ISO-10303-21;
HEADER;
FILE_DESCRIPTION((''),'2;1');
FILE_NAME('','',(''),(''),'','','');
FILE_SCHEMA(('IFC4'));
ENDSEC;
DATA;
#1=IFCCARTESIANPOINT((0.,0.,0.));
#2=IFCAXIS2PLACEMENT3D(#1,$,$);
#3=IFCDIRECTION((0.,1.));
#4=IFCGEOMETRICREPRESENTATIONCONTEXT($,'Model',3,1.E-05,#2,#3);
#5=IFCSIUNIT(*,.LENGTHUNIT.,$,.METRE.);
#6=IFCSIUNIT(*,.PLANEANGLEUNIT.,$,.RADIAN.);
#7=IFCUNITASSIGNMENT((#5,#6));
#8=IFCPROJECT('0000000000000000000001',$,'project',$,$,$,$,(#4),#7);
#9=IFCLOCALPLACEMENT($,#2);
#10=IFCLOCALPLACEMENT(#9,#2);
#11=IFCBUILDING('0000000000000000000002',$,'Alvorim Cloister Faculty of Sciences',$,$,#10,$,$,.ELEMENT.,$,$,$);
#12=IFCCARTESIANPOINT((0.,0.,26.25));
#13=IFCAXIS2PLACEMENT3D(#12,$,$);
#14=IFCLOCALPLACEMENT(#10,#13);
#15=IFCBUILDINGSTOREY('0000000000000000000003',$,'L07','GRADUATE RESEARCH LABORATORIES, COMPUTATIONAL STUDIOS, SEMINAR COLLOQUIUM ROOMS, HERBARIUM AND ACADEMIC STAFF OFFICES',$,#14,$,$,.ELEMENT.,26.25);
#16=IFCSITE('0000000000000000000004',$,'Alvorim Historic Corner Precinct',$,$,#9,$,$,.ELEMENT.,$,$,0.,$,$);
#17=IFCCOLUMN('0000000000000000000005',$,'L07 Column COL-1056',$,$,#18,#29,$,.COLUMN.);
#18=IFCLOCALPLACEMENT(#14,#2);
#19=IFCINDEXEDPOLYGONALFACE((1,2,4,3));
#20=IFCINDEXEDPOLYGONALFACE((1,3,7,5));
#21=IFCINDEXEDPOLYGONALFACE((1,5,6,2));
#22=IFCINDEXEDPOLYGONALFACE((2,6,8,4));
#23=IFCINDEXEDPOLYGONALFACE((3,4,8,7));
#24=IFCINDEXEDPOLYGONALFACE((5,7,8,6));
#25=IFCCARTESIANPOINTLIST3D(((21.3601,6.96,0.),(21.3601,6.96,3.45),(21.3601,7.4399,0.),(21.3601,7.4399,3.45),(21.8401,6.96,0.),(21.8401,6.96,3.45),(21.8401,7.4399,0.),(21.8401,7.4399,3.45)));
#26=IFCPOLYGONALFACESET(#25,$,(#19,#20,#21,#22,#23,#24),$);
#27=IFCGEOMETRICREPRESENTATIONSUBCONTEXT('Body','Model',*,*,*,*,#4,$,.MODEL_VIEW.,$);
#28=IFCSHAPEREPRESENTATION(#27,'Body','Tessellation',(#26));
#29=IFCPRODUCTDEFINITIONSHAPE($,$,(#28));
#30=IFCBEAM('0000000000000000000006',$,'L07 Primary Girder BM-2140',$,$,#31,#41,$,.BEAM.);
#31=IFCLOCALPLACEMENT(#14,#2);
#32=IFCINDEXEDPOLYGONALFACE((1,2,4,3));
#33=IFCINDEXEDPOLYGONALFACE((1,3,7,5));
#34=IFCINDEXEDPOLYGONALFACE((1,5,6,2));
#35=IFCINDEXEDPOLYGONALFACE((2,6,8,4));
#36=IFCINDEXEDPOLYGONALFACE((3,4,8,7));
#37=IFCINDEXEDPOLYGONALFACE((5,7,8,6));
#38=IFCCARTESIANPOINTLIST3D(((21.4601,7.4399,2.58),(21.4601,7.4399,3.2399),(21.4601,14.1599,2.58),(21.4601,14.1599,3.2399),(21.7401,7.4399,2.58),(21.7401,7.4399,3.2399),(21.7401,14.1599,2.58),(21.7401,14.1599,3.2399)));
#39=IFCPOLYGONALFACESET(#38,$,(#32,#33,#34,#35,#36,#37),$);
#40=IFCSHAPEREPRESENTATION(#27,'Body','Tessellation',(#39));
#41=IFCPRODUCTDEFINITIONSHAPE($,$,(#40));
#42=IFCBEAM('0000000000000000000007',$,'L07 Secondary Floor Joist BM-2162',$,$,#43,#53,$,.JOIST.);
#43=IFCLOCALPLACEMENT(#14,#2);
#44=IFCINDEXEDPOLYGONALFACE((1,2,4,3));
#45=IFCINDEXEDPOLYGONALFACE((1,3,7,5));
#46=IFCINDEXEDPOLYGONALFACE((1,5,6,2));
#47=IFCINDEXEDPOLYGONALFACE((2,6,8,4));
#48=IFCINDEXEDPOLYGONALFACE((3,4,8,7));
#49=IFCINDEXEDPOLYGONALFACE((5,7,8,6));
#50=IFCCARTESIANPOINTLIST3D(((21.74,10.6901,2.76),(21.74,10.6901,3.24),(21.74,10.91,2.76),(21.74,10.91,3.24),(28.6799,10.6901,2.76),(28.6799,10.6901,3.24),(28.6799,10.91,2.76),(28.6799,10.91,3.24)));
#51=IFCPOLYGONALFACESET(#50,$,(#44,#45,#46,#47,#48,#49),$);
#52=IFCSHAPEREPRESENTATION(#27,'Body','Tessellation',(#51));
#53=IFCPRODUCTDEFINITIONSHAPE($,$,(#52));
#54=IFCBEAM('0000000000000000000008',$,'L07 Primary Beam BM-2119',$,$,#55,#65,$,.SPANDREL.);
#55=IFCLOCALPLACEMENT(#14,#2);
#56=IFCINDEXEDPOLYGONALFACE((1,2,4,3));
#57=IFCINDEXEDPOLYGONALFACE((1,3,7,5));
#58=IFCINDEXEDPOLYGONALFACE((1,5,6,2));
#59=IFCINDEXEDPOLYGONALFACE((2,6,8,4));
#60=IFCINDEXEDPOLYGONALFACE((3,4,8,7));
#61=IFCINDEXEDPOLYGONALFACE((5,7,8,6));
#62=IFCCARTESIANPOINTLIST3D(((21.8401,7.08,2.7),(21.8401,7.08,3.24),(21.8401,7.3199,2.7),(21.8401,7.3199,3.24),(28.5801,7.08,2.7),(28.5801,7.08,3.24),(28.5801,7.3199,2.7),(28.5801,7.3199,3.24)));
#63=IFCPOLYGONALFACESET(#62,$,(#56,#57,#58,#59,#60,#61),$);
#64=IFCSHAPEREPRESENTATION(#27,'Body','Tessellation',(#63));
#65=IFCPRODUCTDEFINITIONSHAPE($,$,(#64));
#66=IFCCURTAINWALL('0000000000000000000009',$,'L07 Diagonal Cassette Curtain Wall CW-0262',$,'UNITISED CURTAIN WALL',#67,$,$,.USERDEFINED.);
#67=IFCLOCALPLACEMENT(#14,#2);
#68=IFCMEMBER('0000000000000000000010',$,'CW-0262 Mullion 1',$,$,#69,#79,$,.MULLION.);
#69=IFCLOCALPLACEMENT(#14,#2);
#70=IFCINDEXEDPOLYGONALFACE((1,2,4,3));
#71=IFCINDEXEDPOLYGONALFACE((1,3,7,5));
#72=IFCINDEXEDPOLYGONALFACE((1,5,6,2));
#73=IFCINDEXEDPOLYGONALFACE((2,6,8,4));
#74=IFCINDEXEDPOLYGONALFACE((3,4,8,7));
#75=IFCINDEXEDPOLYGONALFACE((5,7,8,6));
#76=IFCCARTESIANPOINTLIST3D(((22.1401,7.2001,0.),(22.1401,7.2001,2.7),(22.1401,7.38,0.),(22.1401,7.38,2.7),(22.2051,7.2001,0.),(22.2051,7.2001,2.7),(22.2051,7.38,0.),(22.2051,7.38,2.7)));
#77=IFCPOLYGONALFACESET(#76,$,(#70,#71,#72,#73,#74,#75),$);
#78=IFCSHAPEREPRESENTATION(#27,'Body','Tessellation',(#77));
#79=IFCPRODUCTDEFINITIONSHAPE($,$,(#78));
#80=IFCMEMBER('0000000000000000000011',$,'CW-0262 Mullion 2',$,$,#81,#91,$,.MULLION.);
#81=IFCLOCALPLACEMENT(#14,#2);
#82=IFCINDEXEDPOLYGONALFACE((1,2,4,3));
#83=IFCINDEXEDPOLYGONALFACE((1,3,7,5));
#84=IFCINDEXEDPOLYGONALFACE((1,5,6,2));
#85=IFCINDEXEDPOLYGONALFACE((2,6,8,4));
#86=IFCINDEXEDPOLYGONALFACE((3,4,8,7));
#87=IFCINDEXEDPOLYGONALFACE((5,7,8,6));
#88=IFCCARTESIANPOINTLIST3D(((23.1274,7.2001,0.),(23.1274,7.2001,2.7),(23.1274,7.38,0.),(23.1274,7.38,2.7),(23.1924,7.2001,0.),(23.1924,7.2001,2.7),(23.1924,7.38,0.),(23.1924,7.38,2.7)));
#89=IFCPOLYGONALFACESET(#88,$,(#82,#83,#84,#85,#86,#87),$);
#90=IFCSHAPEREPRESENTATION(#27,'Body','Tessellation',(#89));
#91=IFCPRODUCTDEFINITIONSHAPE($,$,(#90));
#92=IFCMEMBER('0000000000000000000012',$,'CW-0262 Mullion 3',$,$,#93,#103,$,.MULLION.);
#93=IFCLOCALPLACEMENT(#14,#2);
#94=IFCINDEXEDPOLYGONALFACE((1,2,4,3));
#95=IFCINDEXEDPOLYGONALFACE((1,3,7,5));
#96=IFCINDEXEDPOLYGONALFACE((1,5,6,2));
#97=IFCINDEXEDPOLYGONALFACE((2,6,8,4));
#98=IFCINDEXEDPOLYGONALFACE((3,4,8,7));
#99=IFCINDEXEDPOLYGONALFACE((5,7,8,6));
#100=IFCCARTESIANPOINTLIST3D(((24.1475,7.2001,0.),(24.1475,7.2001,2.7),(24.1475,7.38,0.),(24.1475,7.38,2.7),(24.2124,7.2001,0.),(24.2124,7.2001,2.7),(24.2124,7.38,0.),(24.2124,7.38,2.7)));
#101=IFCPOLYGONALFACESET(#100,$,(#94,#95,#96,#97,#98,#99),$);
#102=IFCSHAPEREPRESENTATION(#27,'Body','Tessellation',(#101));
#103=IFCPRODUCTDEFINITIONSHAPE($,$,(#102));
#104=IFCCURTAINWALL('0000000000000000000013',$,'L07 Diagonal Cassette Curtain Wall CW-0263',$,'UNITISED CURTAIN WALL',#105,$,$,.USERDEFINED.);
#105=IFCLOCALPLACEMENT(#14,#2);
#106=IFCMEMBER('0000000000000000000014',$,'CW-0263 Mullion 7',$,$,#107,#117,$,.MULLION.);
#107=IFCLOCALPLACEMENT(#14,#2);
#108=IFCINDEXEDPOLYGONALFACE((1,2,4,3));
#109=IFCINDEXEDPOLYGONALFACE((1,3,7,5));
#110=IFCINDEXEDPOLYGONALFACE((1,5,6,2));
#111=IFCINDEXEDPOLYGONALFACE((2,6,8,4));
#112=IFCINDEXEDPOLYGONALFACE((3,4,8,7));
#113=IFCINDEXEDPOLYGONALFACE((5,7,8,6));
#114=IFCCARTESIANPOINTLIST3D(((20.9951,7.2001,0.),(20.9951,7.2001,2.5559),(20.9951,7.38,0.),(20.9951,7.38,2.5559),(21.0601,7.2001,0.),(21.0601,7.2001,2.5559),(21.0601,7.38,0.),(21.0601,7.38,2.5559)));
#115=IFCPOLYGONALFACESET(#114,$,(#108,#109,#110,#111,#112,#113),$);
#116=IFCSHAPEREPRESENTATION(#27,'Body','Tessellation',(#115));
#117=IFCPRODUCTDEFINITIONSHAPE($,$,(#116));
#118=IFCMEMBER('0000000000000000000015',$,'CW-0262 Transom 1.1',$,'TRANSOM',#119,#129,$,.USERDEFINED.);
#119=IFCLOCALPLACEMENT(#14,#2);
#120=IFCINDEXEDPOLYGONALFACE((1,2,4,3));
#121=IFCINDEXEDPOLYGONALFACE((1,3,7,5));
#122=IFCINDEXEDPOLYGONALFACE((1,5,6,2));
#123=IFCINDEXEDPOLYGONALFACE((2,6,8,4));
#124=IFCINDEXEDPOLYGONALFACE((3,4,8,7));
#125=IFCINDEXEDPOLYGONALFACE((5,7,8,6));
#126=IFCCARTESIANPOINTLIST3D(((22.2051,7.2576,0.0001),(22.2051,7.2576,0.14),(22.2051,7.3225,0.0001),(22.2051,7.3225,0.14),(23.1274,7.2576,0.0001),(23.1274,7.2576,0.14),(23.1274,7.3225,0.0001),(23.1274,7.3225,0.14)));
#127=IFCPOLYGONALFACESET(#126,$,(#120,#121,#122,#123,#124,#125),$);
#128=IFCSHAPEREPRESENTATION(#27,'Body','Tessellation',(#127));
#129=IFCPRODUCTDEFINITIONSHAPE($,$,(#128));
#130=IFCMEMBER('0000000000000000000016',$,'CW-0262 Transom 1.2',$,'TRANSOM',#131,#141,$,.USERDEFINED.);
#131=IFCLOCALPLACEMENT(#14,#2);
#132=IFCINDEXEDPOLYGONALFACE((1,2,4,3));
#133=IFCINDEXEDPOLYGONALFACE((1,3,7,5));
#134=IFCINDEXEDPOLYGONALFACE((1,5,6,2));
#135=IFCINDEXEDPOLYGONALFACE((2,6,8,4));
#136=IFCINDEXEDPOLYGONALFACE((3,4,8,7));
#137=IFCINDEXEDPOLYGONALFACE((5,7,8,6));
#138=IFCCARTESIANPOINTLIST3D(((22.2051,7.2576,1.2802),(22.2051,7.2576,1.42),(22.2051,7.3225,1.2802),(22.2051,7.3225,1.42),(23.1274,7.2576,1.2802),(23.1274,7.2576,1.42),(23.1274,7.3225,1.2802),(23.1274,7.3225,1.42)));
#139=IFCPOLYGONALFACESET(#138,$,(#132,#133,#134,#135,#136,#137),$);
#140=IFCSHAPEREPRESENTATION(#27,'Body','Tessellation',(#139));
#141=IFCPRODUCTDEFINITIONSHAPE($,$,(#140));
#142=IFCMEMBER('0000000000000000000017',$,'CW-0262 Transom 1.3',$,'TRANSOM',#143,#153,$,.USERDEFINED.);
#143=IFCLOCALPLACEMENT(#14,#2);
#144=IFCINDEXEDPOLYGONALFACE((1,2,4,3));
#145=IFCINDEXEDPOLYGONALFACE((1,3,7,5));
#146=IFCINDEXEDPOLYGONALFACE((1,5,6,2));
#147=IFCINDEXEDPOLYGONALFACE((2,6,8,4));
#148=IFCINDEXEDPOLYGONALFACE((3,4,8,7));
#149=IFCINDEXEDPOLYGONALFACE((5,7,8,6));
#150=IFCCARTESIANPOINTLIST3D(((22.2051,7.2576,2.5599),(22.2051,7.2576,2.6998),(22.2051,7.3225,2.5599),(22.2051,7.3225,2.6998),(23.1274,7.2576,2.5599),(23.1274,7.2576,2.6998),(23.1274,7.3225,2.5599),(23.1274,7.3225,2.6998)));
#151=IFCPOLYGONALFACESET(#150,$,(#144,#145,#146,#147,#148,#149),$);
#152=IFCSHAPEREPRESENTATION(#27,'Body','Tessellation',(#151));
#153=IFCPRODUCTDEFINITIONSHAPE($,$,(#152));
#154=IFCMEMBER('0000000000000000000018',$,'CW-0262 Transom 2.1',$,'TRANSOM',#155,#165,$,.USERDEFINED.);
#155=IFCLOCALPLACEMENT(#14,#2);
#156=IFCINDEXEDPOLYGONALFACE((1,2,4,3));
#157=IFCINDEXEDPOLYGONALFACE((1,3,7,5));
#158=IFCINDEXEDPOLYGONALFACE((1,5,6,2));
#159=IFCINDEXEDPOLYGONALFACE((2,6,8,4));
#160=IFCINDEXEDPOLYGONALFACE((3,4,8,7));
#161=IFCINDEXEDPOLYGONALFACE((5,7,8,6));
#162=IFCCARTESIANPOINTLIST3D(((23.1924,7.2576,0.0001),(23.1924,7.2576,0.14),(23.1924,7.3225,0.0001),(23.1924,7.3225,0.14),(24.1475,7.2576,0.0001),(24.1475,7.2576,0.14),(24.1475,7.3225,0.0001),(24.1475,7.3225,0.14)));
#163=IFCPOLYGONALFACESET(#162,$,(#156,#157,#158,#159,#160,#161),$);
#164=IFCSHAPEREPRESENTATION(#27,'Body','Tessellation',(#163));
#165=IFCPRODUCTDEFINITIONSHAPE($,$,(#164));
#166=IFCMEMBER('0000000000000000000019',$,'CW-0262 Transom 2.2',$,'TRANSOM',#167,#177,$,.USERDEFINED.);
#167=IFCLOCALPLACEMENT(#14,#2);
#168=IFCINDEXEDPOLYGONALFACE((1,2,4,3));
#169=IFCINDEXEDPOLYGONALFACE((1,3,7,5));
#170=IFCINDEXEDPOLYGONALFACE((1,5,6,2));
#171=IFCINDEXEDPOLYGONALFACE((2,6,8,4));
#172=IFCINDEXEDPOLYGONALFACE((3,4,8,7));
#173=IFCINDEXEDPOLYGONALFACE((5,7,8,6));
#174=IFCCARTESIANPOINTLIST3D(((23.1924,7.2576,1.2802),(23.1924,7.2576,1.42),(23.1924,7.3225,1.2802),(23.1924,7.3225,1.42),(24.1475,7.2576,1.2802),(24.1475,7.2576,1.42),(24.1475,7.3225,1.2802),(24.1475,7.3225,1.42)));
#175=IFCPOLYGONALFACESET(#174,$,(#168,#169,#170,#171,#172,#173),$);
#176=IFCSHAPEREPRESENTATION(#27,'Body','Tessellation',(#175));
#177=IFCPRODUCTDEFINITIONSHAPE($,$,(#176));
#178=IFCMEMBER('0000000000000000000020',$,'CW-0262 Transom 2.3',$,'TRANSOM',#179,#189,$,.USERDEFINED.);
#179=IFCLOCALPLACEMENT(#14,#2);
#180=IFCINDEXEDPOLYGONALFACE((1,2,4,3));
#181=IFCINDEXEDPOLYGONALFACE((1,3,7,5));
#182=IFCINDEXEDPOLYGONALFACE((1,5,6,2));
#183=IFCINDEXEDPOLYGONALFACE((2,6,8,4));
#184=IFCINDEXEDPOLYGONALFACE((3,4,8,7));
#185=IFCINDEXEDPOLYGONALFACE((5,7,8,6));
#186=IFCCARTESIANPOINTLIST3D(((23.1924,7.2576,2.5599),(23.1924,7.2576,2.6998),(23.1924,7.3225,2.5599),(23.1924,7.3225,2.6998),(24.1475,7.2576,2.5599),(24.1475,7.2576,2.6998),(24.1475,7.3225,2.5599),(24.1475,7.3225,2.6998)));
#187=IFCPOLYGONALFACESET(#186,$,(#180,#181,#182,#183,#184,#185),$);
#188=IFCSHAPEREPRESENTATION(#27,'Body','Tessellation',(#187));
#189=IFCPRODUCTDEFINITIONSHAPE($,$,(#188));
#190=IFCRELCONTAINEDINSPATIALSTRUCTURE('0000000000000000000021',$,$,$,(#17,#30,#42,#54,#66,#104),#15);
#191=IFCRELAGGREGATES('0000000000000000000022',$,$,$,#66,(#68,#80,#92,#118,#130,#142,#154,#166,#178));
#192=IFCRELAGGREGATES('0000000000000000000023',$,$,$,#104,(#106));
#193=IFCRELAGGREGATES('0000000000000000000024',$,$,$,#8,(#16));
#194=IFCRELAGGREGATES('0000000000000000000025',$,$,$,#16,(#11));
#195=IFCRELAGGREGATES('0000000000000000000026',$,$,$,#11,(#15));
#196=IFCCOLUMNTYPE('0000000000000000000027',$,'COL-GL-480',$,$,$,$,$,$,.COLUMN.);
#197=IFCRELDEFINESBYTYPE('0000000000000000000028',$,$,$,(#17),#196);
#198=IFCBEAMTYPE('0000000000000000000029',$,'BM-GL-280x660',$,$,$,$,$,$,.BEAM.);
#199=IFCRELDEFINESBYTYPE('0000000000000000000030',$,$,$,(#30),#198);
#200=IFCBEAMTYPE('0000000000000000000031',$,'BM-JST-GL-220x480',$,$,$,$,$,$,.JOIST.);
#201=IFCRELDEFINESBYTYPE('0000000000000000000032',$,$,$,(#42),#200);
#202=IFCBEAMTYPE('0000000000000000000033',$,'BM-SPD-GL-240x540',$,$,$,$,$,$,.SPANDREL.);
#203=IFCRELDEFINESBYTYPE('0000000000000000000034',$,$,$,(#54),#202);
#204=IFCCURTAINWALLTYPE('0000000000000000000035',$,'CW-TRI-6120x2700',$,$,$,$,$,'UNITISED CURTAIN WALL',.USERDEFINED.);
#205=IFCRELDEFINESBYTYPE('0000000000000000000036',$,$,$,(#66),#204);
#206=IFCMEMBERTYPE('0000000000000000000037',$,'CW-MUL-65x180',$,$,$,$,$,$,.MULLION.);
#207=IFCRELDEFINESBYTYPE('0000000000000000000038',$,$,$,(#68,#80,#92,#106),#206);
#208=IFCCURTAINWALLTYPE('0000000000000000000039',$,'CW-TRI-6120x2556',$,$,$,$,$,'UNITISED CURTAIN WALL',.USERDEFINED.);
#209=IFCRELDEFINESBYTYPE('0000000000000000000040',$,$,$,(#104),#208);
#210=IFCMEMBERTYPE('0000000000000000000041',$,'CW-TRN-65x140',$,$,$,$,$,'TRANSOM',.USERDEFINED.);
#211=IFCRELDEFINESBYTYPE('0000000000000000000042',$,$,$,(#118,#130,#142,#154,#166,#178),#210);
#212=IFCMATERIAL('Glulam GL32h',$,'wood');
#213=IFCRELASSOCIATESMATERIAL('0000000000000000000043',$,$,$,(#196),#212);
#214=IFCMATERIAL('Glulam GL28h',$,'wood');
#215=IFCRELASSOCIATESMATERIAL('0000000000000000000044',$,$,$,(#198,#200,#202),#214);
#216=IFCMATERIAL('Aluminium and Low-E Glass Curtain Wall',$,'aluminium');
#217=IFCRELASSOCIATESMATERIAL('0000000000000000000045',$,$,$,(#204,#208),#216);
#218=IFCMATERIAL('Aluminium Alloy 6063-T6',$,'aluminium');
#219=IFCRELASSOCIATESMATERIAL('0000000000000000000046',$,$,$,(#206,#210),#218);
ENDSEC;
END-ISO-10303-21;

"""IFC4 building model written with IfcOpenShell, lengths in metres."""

from ifc_helpers import new_model, si_unit, direction, frame, origin, origin_2d, place, context, subcontext, project, spatial, rectangle, extrude, material, material_profile, profile_set, type_object, element, aggregate, save


model = new_model("IFC4")

# Units and contexts
model_context = context("Model", 3, precision=1e-05, world=origin(), true_north=direction((0.0, 1.0)))
body_context = subcontext(model_context, "Body", "Model", "MODEL_VIEW")
ifc_project = project(units=[si_unit("LENGTHUNIT", "METRE"), si_unit("PLANEANGLEUNIT", "RADIAN")], contexts=[model_context])

# Site, building, storey
site_placement = place(None, origin())
site = spatial("IfcSite", under=ifc_project, at=site_placement, Name="Alvorim Historic Corner Precinct", CompositionType="ELEMENT", RefElevation=0.0)
building_placement = place(site_placement, origin())
building = spatial("IfcBuilding", under=site, at=building_placement, Name="Alvorim Cloister Faculty of Sciences", CompositionType="ELEMENT")
storey_placement = place(building_placement, frame((0.0, 0.0, 26.25)))
storey = spatial("IfcBuildingStorey", under=building, at=storey_placement, Name="L07", Description="GRADUATE RESEARCH LABORATORIES, COMPUTATIONAL STUDIOS, SEMINAR COLLOQUIUM ROOMS, HERBARIUM AND ACADEMIC STAFF OFFICES", CompositionType="ELEMENT", Elevation=26.25)

# Column
ifc_material_1 = material(Name="Glulam GL32h", Category="wood")
ifc_material_profile_1 = material_profile(ifc_material_1, rectangle(XDim=0.48, YDim=0.48, at=origin_2d()), Name="GL32-COL-480x480")
ifc_profile_set_1 = profile_set([ifc_material_profile_1], Name="Glulam GL32h")
column_type = type_object("IfcColumnType", Name="COL-GL-480", PredefinedType="COLUMN", material=ifc_profile_set_1)
column_placement = place(storey_placement, frame((21.6001, 7.2, 0.0), z_axis=(0.0, 0.0, 1.0), x_axis=(1.0, 0.0, 0.0)))
element("IfcColumn", 1, at=column_placement, inside=storey, type_object=column_type, Name="L07 Column COL-1056", PredefinedType="COLUMN", context=body_context, shape_type="SweptSolid", body=[
    extrude(rectangle(XDim=0.48, YDim=0.48, at=origin_2d()), origin(), (0.0, 0.0, 1.0), 3.45),
])

# Beams
ifc_material_2 = material(Name="Glulam GL28h", Category="wood")
ifc_material_profile_2 = material_profile(ifc_material_2, rectangle(XDim=0.28, YDim=0.6599, at=origin_2d()), Name="GL28-BM-280x660")
ifc_profile_set_2 = profile_set([ifc_material_profile_2], Name="Glulam GL28h")
beam_type_1 = type_object("IfcBeamType", Name="BM-GL-280x660", PredefinedType="BEAM", material=ifc_profile_set_2)
beam_1_placement = place(storey_placement, frame((21.6001, 7.4399, 2.9099), z_axis=(0.0, 1.0, 0.0), x_axis=(-1.0, 0.0, 0.0)))
element("IfcBeam", 2, at=beam_1_placement, inside=storey, type_object=beam_type_1, Name="L07 Primary Girder BM-2140", PredefinedType="BEAM", context=body_context, shape_type="SweptSolid", body=[
    extrude(rectangle(XDim=0.28, YDim=0.6599, at=origin_2d()), origin(), (0.0, 0.0, 1.0), 6.72),
])
ifc_material_profile_3 = material_profile(ifc_material_2, rectangle(XDim=0.22, YDim=0.48, at=origin_2d()), Name="GL28-JST-220x480")
ifc_profile_set_3 = profile_set([ifc_material_profile_3], Name="Glulam GL28h")
beam_type_2 = type_object("IfcBeamType", Name="BM-JST-GL-220x480", PredefinedType="JOIST", material=ifc_profile_set_3)
beam_2_placement = place(storey_placement, frame((21.74, 10.8, 3.0), z_axis=(1.0, 0.0, 0.0), x_axis=(0.0, 1.0, 0.0)))
element("IfcBeam", 3, at=beam_2_placement, inside=storey, type_object=beam_type_2, Name="L07 Secondary Floor Joist BM-2162", PredefinedType="JOIST", context=body_context, shape_type="SweptSolid", body=[
    extrude(rectangle(XDim=0.22, YDim=0.48, at=origin_2d()), origin(), (0.0, 0.0, 1.0), 6.9399),
])
ifc_material_profile_4 = material_profile(ifc_material_2, rectangle(XDim=0.24, YDim=0.54, at=origin_2d()), Name="GL28-SPD-240x540")
ifc_profile_set_4 = profile_set([ifc_material_profile_4], Name="Glulam GL28h")
beam_type_3 = type_object("IfcBeamType", Name="BM-SPD-GL-240x540", PredefinedType="SPANDREL", material=ifc_profile_set_4)
beam_3_placement = place(storey_placement, frame((21.8401, 7.2, 2.97), z_axis=(1.0, 0.0, 0.0), x_axis=(0.0, 1.0, 0.0)))
element("IfcBeam", 4, at=beam_3_placement, inside=storey, type_object=beam_type_3, Name="L07 Primary Beam BM-2119", PredefinedType="SPANDREL", context=body_context, shape_type="SweptSolid", body=[
    extrude(rectangle(XDim=0.24, YDim=0.54, at=origin_2d()), origin(), (0.0, 0.0, 1.0), 6.74),
])

# Curtain wall, members
ifc_material_3 = material(Name="Aluminium and Low-E Glass Curtain Wall", Category="aluminium")
curtain_wall_type_1 = type_object("IfcCurtainWallType", Name="CW-TRI-6120x2700", ElementType="UNITISED CURTAIN WALL", PredefinedType="USERDEFINED", material=ifc_material_3)
curtain_wall_1_placement = place(storey_placement, origin())
curtain_wall_1 = element("IfcCurtainWall", 5, at=curtain_wall_1_placement, inside=storey, type_object=curtain_wall_type_1, Name="L07 Diagonal Cassette Curtain Wall CW-0262", ObjectType="UNITISED CURTAIN WALL", PredefinedType="USERDEFINED")
ifc_material_4 = material(Name="Aluminium Alloy 6063-T6", Category="aluminium")
ifc_material_profile_5 = material_profile(ifc_material_4, rectangle(XDim=0.0649, YDim=0.1799, at=origin_2d()), Name="ALU-MUL-65x180")
ifc_profile_set_5 = profile_set([ifc_material_profile_5], Name="Aluminium Alloy 6063-T6")
member_type_1 = type_object("IfcMemberType", Name="CW-MUL-65x180", PredefinedType="MULLION", material=ifc_profile_set_5)
member_1_placement = place(storey_placement, frame((22.1726, 7.29, 0.0), z_axis=(0.0, 0.0, 1.0), x_axis=(1.0, 0.0, 0.0)))
member_1 = element("IfcMember", 6, at=member_1_placement, type_object=member_type_1, Name="CW-0262 Mullion 1", PredefinedType="MULLION", context=body_context, shape_type="SweptSolid", body=[
    extrude(rectangle(XDim=0.0649, YDim=0.1799, at=origin_2d()), origin(), (0.0, 0.0, 1.0), 2.7),
])
member_2_placement = place(storey_placement, frame((23.1599, 7.29, 0.0), z_axis=(0.0, 0.0, 1.0), x_axis=(1.0, 0.0, 0.0)))
member_2 = element("IfcMember", 7, at=member_2_placement, type_object=member_type_1, Name="CW-0262 Mullion 2", PredefinedType="MULLION", context=body_context, shape_type="SweptSolid", body=[
    extrude(rectangle(XDim=0.0649, YDim=0.1799, at=origin_2d()), origin(), (0.0, 0.0, 1.0), 2.7),
])
member_3_placement = place(storey_placement, frame((24.1799, 7.29, 0.0), z_axis=(0.0, 0.0, 1.0), x_axis=(1.0, 0.0, 0.0)))
member_3 = element("IfcMember", 8, at=member_3_placement, type_object=member_type_1, Name="CW-0262 Mullion 3", PredefinedType="MULLION", context=body_context, shape_type="SweptSolid", body=[
    extrude(rectangle(XDim=0.0649, YDim=0.1799, at=origin_2d()), origin(), (0.0, 0.0, 1.0), 2.7),
])

# Curtain wall, member
curtain_wall_type_2 = type_object("IfcCurtainWallType", Name="CW-TRI-6120x2556", ElementType="UNITISED CURTAIN WALL", PredefinedType="USERDEFINED", material=ifc_material_3)
curtain_wall_2_placement = place(storey_placement, origin())
curtain_wall_2 = element("IfcCurtainWall", 9, at=curtain_wall_2_placement, inside=storey, type_object=curtain_wall_type_2, Name="L07 Diagonal Cassette Curtain Wall CW-0263", ObjectType="UNITISED CURTAIN WALL", PredefinedType="USERDEFINED")
member_4_placement = place(storey_placement, frame((21.0276, 7.29, 0.0), z_axis=(0.0, 0.0, 1.0), x_axis=(1.0, 0.0, 0.0)))
member_4 = element("IfcMember", 10, at=member_4_placement, type_object=member_type_1, Name="CW-0263 Mullion 7", PredefinedType="MULLION", context=body_context, shape_type="SweptSolid", body=[
    extrude(rectangle(XDim=0.0649, YDim=0.1799, at=origin_2d()), origin(), (0.0, 0.0, 1.0), 2.5559),
])

# Members
ifc_material_profile_6 = material_profile(ifc_material_4, rectangle(XDim=0.0649, YDim=0.1399, at=origin_2d()), Name="ALU-TRN-65x140")
ifc_profile_set_6 = profile_set([ifc_material_profile_6], Name="Aluminium Alloy 6063-T6")
member_type_2 = type_object("IfcMemberType", Name="CW-TRN-65x140", ElementType="TRANSOM", PredefinedType="USERDEFINED", material=ifc_profile_set_6)
member_5_placement = place(storey_placement, frame((22.2051, 7.29, 0.0701), z_axis=(1.0, 0.0, 0.0), x_axis=(0.0, 1.0, 0.0)))
member_5 = element("IfcMember", 11, at=member_5_placement, type_object=member_type_2, Name="CW-0262 Transom 1.1", ObjectType="TRANSOM", PredefinedType="USERDEFINED", context=body_context, shape_type="SweptSolid", body=[
    extrude(rectangle(XDim=0.0649, YDim=0.1399, at=origin_2d()), origin(), (0.0, 0.0, 1.0), 0.9224),
])
member_6_placement = place(storey_placement, frame((22.2051, 7.29, 1.3501), z_axis=(1.0, 0.0, 0.0), x_axis=(0.0, 1.0, 0.0)))
member_6 = element("IfcMember", 12, at=member_6_placement, type_object=member_type_2, Name="CW-0262 Transom 1.2", ObjectType="TRANSOM", PredefinedType="USERDEFINED", context=body_context, shape_type="SweptSolid", body=[
    extrude(rectangle(XDim=0.0649, YDim=0.1399, at=origin_2d()), origin(), (0.0, 0.0, 1.0), 0.9224),
])
member_7_placement = place(storey_placement, frame((22.2051, 7.29, 2.6299), z_axis=(1.0, 0.0, 0.0), x_axis=(0.0, 1.0, 0.0)))
member_7 = element("IfcMember", 13, at=member_7_placement, type_object=member_type_2, Name="CW-0262 Transom 1.3", ObjectType="TRANSOM", PredefinedType="USERDEFINED", context=body_context, shape_type="SweptSolid", body=[
    extrude(rectangle(XDim=0.0649, YDim=0.1399, at=origin_2d()), origin(), (0.0, 0.0, 1.0), 0.9224),
])
member_8_placement = place(storey_placement, frame((23.1924, 7.29, 0.0701), z_axis=(1.0, 0.0, 0.0), x_axis=(0.0, 1.0, 0.0)))
member_8 = element("IfcMember", 14, at=member_8_placement, type_object=member_type_2, Name="CW-0262 Transom 2.1", ObjectType="TRANSOM", PredefinedType="USERDEFINED", context=body_context, shape_type="SweptSolid", body=[
    extrude(rectangle(XDim=0.0649, YDim=0.1399, at=origin_2d()), origin(), (0.0, 0.0, 1.0), 0.9551),
])
member_9_placement = place(storey_placement, frame((23.1924, 7.29, 1.3501), z_axis=(1.0, 0.0, 0.0), x_axis=(0.0, 1.0, 0.0)))
member_9 = element("IfcMember", 15, at=member_9_placement, type_object=member_type_2, Name="CW-0262 Transom 2.2", ObjectType="TRANSOM", PredefinedType="USERDEFINED", context=body_context, shape_type="SweptSolid", body=[
    extrude(rectangle(XDim=0.0649, YDim=0.1399, at=origin_2d()), origin(), (0.0, 0.0, 1.0), 0.9551),
])
member_10_placement = place(storey_placement, frame((23.1924, 7.29, 2.6299), z_axis=(1.0, 0.0, 0.0), x_axis=(0.0, 1.0, 0.0)))
member_10 = element("IfcMember", 16, at=member_10_placement, type_object=member_type_2, Name="CW-0262 Transom 2.3", ObjectType="TRANSOM", PredefinedType="USERDEFINED", context=body_context, shape_type="SweptSolid", body=[
    extrude(rectangle(XDim=0.0649, YDim=0.1399, at=origin_2d()), origin(), (0.0, 0.0, 1.0), 0.9551),
])

aggregate(curtain_wall_1, [member_1, member_2, member_3, member_5, member_6, member_7, member_8, member_9, member_10])
aggregate(curtain_wall_2, [member_4])

save(model, "model.ifc")
